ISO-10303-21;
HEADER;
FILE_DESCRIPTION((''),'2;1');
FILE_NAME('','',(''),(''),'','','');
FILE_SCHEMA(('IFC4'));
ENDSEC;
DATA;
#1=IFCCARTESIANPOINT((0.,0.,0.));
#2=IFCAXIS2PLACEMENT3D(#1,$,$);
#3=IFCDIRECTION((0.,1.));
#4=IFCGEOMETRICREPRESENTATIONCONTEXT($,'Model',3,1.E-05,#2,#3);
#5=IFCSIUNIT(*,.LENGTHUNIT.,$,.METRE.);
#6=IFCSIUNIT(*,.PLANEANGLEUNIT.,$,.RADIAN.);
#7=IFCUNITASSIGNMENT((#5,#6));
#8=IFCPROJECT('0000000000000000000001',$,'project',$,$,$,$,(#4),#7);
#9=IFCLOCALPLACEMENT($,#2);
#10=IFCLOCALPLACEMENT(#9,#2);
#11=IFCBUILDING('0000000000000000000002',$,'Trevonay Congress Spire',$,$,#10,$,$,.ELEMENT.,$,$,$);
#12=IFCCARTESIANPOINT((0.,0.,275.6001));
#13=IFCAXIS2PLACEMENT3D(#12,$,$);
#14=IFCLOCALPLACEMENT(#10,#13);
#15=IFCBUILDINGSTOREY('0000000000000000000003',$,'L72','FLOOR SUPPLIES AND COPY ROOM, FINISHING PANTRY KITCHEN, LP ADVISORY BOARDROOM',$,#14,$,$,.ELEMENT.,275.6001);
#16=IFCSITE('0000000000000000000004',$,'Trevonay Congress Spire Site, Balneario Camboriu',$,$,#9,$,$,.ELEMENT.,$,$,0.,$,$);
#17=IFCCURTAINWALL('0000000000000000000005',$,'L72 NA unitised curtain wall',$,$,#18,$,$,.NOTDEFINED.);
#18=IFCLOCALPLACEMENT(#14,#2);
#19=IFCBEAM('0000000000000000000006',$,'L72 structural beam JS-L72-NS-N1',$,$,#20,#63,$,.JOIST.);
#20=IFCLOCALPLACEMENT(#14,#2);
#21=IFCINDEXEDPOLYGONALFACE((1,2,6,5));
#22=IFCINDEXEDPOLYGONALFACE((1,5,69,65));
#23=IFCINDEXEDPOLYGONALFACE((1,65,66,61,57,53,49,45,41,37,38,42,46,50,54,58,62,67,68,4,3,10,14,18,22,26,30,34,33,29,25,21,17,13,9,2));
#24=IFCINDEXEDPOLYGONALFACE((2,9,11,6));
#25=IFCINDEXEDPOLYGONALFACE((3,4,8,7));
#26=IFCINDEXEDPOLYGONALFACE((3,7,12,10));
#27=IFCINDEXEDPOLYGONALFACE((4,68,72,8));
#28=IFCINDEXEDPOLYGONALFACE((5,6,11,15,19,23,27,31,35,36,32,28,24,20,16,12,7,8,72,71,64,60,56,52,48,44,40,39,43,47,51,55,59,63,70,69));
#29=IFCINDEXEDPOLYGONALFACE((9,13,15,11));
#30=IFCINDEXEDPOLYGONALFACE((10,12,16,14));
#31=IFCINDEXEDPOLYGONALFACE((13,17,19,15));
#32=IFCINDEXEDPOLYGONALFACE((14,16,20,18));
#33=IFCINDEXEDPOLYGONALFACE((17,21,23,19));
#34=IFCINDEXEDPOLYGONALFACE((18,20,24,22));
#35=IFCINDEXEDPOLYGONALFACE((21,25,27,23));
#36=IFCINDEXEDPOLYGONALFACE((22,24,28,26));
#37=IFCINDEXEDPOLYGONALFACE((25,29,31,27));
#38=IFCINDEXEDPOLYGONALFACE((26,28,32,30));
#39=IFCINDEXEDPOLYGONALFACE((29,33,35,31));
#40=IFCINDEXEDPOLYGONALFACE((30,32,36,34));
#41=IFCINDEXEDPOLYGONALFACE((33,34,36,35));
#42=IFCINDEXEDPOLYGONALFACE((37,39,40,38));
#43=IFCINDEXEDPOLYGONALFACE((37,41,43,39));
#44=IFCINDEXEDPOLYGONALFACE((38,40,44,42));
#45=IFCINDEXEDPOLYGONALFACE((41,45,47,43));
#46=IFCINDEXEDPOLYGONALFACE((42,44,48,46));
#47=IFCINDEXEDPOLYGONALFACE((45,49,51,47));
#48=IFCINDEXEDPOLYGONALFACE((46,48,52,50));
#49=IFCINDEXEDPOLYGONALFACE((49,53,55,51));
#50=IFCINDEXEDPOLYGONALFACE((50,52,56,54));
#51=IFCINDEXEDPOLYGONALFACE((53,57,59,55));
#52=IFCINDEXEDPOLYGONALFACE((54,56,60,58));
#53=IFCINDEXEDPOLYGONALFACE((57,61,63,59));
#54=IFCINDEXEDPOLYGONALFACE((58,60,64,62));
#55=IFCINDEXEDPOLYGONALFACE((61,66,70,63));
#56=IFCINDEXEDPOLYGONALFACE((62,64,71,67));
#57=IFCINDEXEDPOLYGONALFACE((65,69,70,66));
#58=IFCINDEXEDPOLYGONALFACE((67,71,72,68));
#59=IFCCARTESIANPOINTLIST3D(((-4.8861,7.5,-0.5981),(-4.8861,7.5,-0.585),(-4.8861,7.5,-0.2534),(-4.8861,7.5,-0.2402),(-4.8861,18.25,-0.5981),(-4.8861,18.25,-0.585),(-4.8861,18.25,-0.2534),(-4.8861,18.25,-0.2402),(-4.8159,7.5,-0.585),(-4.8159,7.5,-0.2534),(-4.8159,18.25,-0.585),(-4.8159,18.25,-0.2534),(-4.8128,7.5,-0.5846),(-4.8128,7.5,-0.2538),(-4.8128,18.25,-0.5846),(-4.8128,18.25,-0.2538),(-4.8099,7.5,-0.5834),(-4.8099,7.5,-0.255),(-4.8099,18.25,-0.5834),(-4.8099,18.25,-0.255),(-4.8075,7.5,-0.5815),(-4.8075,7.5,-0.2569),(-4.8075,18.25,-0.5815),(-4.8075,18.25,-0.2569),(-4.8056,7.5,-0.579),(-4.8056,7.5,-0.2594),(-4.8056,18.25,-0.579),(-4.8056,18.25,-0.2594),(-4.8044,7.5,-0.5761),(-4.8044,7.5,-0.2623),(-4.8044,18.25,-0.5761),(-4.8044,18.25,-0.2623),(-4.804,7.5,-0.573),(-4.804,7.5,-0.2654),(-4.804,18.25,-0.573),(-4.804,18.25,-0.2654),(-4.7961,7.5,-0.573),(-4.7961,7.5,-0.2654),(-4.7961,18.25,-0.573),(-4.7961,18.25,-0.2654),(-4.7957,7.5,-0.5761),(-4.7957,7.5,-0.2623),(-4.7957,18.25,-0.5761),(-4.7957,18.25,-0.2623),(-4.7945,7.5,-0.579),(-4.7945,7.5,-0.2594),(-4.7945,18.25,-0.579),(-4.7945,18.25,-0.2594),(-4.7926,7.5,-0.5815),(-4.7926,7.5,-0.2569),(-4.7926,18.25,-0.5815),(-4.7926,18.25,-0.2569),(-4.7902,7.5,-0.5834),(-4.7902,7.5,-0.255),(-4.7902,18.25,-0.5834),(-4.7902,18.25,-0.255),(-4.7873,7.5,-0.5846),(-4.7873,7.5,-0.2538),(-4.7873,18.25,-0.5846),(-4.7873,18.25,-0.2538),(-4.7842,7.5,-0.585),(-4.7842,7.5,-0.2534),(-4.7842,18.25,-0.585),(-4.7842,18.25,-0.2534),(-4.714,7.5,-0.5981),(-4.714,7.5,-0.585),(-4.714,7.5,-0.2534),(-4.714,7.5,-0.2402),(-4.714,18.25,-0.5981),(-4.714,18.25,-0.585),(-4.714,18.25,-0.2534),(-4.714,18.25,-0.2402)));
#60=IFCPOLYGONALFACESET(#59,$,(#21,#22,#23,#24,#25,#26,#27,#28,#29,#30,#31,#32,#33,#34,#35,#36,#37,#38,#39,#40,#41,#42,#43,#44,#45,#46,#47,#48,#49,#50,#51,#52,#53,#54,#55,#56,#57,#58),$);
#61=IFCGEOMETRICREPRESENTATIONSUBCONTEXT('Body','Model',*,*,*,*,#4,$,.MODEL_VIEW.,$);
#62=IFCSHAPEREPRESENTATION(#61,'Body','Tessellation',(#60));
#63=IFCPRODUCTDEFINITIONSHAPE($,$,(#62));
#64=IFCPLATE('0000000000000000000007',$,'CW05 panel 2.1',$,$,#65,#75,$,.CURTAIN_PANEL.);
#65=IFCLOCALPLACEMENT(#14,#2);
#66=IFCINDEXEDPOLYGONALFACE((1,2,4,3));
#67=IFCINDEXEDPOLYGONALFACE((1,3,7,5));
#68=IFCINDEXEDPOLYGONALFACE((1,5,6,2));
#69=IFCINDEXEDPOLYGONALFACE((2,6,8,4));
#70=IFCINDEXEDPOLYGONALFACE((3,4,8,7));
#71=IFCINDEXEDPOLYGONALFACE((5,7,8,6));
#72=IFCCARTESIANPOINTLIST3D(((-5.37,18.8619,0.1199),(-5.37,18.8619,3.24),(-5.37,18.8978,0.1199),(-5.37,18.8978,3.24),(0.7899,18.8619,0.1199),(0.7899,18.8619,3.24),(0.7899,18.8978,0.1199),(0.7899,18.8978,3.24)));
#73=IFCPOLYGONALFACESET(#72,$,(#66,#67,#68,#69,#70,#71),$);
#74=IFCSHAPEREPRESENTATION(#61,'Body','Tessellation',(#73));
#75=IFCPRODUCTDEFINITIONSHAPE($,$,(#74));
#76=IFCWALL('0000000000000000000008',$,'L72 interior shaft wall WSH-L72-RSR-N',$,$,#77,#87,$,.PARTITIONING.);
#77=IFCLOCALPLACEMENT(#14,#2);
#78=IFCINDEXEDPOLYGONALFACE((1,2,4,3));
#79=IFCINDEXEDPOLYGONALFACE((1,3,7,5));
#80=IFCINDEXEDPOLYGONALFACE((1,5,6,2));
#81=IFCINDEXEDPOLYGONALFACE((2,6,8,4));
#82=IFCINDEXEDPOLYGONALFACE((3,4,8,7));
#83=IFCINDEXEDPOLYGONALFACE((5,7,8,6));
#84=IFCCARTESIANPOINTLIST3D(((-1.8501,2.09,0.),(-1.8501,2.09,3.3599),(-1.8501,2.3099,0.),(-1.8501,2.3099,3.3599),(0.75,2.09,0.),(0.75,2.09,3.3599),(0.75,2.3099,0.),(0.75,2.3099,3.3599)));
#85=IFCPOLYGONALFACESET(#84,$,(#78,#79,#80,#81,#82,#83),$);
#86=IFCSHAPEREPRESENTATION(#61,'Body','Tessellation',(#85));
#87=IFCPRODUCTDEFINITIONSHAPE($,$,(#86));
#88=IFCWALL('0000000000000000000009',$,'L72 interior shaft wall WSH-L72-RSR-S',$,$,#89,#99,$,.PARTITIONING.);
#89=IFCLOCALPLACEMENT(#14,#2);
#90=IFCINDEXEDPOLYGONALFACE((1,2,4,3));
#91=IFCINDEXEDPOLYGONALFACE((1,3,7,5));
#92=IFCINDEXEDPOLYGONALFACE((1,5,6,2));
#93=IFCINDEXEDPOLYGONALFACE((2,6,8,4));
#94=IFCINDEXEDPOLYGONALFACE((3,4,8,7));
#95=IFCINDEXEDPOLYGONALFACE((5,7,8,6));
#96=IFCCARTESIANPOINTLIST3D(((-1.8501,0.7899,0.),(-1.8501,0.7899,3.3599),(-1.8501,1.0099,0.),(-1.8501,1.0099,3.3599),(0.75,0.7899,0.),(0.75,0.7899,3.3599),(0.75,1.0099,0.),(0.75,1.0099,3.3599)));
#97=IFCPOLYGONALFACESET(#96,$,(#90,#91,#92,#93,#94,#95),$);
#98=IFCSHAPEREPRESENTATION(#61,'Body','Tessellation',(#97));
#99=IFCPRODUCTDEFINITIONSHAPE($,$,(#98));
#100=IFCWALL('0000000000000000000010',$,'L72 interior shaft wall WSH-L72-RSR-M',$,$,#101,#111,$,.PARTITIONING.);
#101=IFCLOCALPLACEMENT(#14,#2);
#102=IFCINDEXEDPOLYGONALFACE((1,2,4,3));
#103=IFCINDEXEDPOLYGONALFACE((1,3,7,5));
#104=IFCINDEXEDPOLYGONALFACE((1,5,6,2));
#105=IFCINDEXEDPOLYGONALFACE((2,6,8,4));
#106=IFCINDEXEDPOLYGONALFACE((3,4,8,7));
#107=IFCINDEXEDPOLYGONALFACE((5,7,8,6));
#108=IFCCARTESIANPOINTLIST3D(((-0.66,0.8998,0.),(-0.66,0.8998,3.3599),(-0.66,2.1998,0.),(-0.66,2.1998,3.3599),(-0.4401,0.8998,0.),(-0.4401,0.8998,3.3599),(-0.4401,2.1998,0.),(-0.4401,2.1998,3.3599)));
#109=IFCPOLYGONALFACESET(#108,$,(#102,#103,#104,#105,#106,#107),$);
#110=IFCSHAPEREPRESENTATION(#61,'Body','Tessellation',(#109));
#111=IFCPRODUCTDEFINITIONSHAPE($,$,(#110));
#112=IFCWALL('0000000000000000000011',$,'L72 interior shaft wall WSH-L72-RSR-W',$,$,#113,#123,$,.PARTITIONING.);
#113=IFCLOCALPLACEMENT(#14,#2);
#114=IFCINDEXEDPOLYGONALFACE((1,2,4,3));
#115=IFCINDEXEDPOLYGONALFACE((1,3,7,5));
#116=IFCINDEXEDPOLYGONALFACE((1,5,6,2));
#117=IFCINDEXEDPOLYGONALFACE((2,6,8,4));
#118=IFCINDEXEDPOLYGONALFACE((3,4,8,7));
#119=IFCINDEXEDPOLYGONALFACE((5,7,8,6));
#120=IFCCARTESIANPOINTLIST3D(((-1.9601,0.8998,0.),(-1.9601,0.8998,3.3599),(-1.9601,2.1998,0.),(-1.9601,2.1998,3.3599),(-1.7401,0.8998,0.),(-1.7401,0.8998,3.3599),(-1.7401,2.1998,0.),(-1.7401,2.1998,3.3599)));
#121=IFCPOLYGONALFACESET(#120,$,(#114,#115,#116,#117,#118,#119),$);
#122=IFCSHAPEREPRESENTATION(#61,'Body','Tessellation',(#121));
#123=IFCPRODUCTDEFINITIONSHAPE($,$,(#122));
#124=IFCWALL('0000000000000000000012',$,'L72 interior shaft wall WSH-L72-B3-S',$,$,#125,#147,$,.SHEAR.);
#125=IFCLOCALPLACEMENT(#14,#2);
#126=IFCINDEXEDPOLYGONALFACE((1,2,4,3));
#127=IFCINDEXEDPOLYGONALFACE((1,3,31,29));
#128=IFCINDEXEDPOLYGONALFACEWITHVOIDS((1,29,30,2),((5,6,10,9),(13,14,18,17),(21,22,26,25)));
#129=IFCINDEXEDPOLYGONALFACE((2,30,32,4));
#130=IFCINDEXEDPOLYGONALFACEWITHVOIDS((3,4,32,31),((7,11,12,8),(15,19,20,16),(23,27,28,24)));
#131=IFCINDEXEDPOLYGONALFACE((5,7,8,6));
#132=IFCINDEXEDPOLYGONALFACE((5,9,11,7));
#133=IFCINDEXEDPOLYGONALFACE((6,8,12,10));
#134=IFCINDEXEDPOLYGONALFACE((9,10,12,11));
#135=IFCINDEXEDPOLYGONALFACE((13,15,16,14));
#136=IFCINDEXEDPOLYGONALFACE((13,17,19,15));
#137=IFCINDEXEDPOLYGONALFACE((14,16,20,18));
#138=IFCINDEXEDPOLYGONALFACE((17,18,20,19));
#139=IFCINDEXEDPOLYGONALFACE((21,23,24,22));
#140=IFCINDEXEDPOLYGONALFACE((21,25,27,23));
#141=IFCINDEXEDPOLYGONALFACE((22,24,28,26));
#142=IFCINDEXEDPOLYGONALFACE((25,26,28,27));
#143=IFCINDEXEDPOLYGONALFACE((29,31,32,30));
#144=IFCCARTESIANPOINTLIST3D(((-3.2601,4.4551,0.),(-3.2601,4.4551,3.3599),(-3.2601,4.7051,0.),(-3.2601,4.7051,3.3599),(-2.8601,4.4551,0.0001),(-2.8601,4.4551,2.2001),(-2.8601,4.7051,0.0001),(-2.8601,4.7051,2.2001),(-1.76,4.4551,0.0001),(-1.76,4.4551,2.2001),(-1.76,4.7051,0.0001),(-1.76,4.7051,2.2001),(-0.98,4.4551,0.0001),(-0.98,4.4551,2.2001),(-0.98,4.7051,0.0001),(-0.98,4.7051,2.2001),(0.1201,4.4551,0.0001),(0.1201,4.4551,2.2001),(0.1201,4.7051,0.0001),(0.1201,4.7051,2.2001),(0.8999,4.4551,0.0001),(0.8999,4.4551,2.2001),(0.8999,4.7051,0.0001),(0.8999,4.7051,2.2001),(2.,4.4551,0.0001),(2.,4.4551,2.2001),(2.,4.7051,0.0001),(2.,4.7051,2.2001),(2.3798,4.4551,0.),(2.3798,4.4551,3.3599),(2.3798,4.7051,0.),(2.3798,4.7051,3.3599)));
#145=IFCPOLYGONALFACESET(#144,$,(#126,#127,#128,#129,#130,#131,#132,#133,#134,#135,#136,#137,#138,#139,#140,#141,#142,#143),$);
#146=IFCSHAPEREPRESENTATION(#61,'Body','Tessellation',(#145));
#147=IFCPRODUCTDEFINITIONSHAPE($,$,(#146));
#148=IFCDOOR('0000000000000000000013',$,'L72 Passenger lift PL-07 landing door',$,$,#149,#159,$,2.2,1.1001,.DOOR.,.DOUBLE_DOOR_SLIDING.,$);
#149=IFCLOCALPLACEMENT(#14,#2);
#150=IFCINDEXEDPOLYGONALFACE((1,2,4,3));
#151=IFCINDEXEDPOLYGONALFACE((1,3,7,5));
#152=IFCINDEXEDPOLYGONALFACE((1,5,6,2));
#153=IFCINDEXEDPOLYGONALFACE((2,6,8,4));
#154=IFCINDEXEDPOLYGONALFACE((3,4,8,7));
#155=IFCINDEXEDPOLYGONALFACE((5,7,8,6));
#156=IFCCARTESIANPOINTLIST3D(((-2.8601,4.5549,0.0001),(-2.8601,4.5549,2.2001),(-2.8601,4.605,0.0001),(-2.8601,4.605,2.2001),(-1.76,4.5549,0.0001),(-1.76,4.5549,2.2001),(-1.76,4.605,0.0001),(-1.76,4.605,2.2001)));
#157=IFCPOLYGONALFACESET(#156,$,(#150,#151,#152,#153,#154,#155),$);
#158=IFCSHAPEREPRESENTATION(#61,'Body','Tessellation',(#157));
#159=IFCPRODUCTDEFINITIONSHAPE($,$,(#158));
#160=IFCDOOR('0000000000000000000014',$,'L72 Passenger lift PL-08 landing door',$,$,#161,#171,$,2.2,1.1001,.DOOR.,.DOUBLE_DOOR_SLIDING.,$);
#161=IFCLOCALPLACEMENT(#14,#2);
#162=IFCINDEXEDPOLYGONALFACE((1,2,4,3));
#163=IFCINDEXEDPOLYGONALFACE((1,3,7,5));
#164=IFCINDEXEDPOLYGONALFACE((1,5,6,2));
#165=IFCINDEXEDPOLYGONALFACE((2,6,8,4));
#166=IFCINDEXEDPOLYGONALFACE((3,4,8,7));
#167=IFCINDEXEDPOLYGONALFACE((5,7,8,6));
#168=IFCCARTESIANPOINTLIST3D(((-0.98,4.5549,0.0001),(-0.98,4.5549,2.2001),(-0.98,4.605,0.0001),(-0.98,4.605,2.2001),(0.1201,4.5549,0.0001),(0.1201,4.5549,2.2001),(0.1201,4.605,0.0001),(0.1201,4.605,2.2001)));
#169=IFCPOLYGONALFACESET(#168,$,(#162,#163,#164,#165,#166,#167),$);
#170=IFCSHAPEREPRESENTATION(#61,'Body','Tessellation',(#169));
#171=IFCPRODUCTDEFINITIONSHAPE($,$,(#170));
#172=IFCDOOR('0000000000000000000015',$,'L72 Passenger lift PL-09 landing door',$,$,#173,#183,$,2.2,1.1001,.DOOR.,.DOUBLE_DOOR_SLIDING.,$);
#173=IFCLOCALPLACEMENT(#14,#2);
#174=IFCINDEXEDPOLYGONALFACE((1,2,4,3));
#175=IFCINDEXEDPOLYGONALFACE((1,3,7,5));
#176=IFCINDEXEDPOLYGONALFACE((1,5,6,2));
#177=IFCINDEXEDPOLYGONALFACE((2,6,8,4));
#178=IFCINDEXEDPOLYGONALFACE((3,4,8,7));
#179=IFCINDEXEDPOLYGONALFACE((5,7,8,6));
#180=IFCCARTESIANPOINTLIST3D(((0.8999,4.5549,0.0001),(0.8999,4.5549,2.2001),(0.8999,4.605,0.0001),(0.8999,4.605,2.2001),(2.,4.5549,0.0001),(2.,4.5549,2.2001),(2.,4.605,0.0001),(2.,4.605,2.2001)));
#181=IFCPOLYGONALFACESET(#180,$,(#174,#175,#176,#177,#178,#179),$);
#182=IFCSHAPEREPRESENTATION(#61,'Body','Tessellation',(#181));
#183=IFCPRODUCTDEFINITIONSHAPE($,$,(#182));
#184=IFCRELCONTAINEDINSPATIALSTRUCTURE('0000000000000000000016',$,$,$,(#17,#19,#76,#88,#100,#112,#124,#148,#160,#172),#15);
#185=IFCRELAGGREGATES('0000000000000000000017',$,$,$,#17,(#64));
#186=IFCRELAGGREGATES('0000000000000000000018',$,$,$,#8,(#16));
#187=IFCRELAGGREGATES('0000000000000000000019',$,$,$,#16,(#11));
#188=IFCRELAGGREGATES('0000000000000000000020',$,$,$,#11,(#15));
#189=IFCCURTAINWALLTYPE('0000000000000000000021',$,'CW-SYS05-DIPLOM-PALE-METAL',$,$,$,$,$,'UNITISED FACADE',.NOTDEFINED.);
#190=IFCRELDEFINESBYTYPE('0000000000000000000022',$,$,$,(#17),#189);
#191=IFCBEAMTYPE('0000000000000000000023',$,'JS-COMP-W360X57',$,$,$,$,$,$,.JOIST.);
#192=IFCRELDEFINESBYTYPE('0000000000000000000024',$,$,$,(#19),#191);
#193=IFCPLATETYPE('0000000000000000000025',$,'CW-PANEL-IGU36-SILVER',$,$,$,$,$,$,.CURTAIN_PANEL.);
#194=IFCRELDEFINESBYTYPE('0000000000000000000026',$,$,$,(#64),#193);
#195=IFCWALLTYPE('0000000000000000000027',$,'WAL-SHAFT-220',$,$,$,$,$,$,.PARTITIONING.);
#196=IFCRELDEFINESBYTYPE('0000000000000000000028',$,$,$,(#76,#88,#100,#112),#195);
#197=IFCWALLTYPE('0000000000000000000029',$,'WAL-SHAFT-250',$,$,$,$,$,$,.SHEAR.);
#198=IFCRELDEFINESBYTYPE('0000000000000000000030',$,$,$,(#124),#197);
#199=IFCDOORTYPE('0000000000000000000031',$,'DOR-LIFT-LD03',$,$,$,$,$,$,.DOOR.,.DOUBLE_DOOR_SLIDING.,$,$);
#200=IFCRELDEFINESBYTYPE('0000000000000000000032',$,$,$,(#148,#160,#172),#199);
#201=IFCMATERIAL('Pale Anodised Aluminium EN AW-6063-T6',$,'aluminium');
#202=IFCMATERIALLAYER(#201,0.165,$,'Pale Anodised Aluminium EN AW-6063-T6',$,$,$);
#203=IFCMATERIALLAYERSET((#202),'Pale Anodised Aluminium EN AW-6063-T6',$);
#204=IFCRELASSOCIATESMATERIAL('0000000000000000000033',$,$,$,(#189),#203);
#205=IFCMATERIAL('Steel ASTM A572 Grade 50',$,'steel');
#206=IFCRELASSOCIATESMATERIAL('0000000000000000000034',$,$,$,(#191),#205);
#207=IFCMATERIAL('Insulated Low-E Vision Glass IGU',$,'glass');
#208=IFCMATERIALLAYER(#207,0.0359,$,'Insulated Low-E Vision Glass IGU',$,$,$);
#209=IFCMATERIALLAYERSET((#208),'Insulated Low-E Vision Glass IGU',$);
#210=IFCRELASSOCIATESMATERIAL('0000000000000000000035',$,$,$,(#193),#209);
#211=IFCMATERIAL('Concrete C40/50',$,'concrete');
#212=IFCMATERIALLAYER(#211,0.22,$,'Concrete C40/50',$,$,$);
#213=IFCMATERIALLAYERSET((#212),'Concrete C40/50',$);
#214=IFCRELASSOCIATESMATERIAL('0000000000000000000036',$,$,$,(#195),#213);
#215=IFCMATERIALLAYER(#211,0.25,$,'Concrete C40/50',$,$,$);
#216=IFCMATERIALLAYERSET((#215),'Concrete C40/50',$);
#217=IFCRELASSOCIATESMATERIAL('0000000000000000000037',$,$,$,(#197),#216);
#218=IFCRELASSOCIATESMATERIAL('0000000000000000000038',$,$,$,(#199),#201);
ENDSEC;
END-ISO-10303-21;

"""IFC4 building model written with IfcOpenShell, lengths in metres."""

from ifc_helpers import new_model, si_unit, direction, frame, frame_2d, origin, origin_2d, place, context, subcontext, project, spatial, rectangle, i_section, extrude, material, layer, layer_set, material_profile, profile_set, type_object, element, fill, aggregate, save


model = new_model("IFC4")

# Units and contexts
model_context = context("Model", 3, precision=1e-05, world=origin(), true_north=direction((0.0, 1.0)))
body_context = subcontext(model_context, "Body", "Model", "MODEL_VIEW")
ifc_project = project(units=[si_unit("LENGTHUNIT", "METRE"), si_unit("PLANEANGLEUNIT", "RADIAN")], contexts=[model_context])

# Site, building, storey
site_placement = place(None, origin())
site = spatial("IfcSite", under=ifc_project, at=site_placement, Name="Trevonay Congress Spire Site, Balneario Camboriu", CompositionType="ELEMENT", RefElevation=0.0)
building_placement = place(site_placement, origin())
building = spatial("IfcBuilding", under=site, at=building_placement, Name="Trevonay Congress Spire", CompositionType="ELEMENT")
storey_placement = place(building_placement, frame((0.0, 0.0, 275.6001)))
storey = spatial("IfcBuildingStorey", under=building, at=storey_placement, Name="L72", Description="FLOOR SUPPLIES AND COPY ROOM, FINISHING PANTRY KITCHEN, LP ADVISORY BOARDROOM", CompositionType="ELEMENT", Elevation=275.6001)

# Shared definitions
ifc_material_1 = material(Name="Steel ASTM A572 Grade 50", Category="steel")

# Curtain wall
ifc_material_2 = material(Name="Pale Anodised Aluminium EN AW-6063-T6", Category="aluminium")
ifc_layer_1 = layer(ifc_material_2, 0.165, Name="Pale Anodised Aluminium EN AW-6063-T6")
ifc_layer_set_1 = layer_set([ifc_layer_1], Name="Pale Anodised Aluminium EN AW-6063-T6")
curtain_wall_type = type_object("IfcCurtainWallType", Name="CW-SYS05-DIPLOM-PALE-METAL", ElementType="UNITISED FACADE", PredefinedType="NOTDEFINED", material=ifc_layer_set_1)
curtain_wall_placement = place(storey_placement, origin())
curtain_wall = element("IfcCurtainWall", 1, at=curtain_wall_placement, inside=storey, type_object=curtain_wall_type, Name="L72 NA unitised curtain wall", PredefinedType="NOTDEFINED")

# Beam
ifc_material_profile_1 = material_profile(ifc_material_1, i_section(OverallWidth=0.1721, OverallDepth=0.3579, WebThickness=0.0078, FlangeThickness=0.0132, FilletRadius=0.012, at=origin_2d()), Name="W360x57.8")
ifc_profile_set_1 = profile_set([ifc_material_profile_1], Name="Steel ASTM A572 Grade 50")
beam_type_1 = type_object("IfcBeamType", Name="JS-COMP-W360X57", PredefinedType="JOIST", material=ifc_profile_set_1)
beam_1_placement = place(storey_placement, frame((-4.8, 7.5, -0.4192), z_axis=(0.0, 1.0, 0.0), x_axis=(-1.0, 0.0, 0.0)))
element("IfcBeam", 2, at=beam_1_placement, inside=storey, type_object=beam_type_1, Name="L72 structural beam JS-L72-NS-N1", PredefinedType="JOIST", context=body_context, shape_type="SweptSolid", body=[
    extrude(i_section(OverallWidth=0.1721, OverallDepth=0.3579, WebThickness=0.0078, FlangeThickness=0.0132, FilletRadius=0.012, at=origin_2d()), origin(), (0.0, 0.0, 1.0), 10.75),
])

# Plate
ifc_material_3 = material(Name="Insulated Low-E Vision Glass IGU", Category="glass")
ifc_layer_2 = layer(ifc_material_3, 0.0359, Name="Insulated Low-E Vision Glass IGU")
ifc_layer_set_2 = layer_set([ifc_layer_2], Name="Insulated Low-E Vision Glass IGU")
plate_type = type_object("IfcPlateType", Name="CW-PANEL-IGU36-SILVER", PredefinedType="CURTAIN_PANEL", material=ifc_layer_set_2)
plate_placement = place(storey_placement, frame((-2.29, 18.8799, 0.1199), z_axis=(0.0, 0.0, 1.0), x_axis=(1.0, 0.0, 0.0)))
plate = element("IfcPlate", 3, at=plate_placement, type_object=plate_type, Name="CW05 panel 2.1", PredefinedType="CURTAIN_PANEL", context=body_context, shape_type="SweptSolid", body=[
    extrude(rectangle(XDim=6.1599, YDim=0.0359, at=origin_2d()), origin(), (0.0, 0.0, 1.0), 3.1201),
])
aggregate(curtain_wall, [plate])

# Walls
ifc_material_4 = material(Name="Concrete C40/50", Category="concrete")
ifc_layer_3 = layer(ifc_material_4, 0.22, Name="Concrete C40/50")
ifc_layer_set_3 = layer_set([ifc_layer_3], Name="Concrete C40/50")
wall_type_1 = type_object("IfcWallType", Name="WAL-SHAFT-220", PredefinedType="PARTITIONING", material=ifc_layer_set_3)
for number, where, z_axis, x_axis, name in (
    (4, (-1.8501, 2.2, 0.0), (0.0, 0.0, 1.0), (1.0, 0.0, 0.0), "L72 interior shaft wall WSH-L72-RSR-N"),
    (5, (-1.8501, 0.8999, 0.0), (0.0, 0.0, 1.0), (1.0, 0.0, 0.0), "L72 interior shaft wall WSH-L72-RSR-S"),
):
    element("IfcWall", number, at=place(storey_placement, frame(where, z_axis=z_axis, x_axis=x_axis)), inside=storey, type_object=wall_type_1, Name=name, PredefinedType="PARTITIONING", context=body_context, shape_type="SweptSolid", body=[
        extrude(rectangle(XDim=2.6001, YDim=0.22, at=frame_2d((1.3, 0.0))), origin(), (0.0, 0.0, 1.0), 3.3599),
    ])
for number, where, z_axis, x_axis, name in (
    (6, (-0.55, 0.8999, 0.0), (0.0, 0.0, 1.0), (0.0, 1.0, 0.0), "L72 interior shaft wall WSH-L72-RSR-M"),
    (7, (-1.8501, 0.8999, 0.0), (0.0, 0.0, 1.0), (0.0, 1.0, 0.0), "L72 interior shaft wall WSH-L72-RSR-W"),
):
    element("IfcWall", number, at=place(storey_placement, frame(where, z_axis=z_axis, x_axis=x_axis)), inside=storey, type_object=wall_type_1, Name=name, PredefinedType="PARTITIONING", context=body_context, shape_type="SweptSolid", body=[
        extrude(rectangle(XDim=1.3, YDim=0.22, at=frame_2d((0.6499, 0.0))), origin(), (0.0, 0.0, 1.0), 3.3599),
    ])

# Wall, openings, doors
ifc_layer_4 = layer(ifc_material_4, 0.25, Name="Concrete C40/50")
ifc_layer_set_4 = layer_set([ifc_layer_4], Name="Concrete C40/50")
wall_type_2 = type_object("IfcWallType", Name="WAL-SHAFT-250", PredefinedType="SHEAR", material=ifc_layer_set_4)
wall_1_placement = place(storey_placement, frame((-3.26, 4.5801, 0.0), z_axis=(0.0, 0.0, 1.0), x_axis=(1.0, 0.0, 0.0)))
wall_1 = element("IfcWall", 8, at=wall_1_placement, inside=storey, type_object=wall_type_2, Name="L72 interior shaft wall WSH-L72-B3-S", PredefinedType="SHEAR", context=body_context, shape_type="SweptSolid", body=[
    extrude(rectangle(XDim=5.6399, YDim=0.25, at=frame_2d((2.8198, 0.0))), origin(), (0.0, 0.0, 1.0), 3.3599),
])
opening_1_placement = place(wall_1_placement, frame((0.3999, 0.0, 0.0)))
opening_1 = element("IfcOpeningElement", 9, at=opening_1_placement, cuts=wall_1, PredefinedType="OPENING", context=body_context, shape_type="SweptSolid", body=[
    extrude(rectangle(XDim=1.1001, YDim=2.2, at=frame_2d((0.55, 1.1001))), frame((0.0, 0.135, 0.0), z_axis=(0.0, -1.0, 0.0), x_axis=(1.0, 0.0, 0.0)), (0.0, 0.0, 1.0), 0.27),
])
opening_2_placement = place(wall_1_placement, frame((2.28, 0.0, 0.0)))
opening_2 = element("IfcOpeningElement", 10, at=opening_2_placement, cuts=wall_1, PredefinedType="OPENING", context=body_context, shape_type="SweptSolid", body=[
    extrude(rectangle(XDim=1.1001, YDim=2.2, at=frame_2d((0.55, 1.1001))), frame((0.0, 0.135, 0.0), z_axis=(0.0, -1.0, 0.0), x_axis=(1.0, 0.0, 0.0)), (0.0, 0.0, 1.0), 0.27),
])
opening_3_placement = place(wall_1_placement, frame((4.1599, 0.0, 0.0)))
opening_3 = element("IfcOpeningElement", 11, at=opening_3_placement, cuts=wall_1, PredefinedType="OPENING", context=body_context, shape_type="SweptSolid", body=[
    extrude(rectangle(XDim=1.1001, YDim=2.2, at=frame_2d((0.55, 1.1001))), frame((0.0, 0.135, 0.0), z_axis=(0.0, -1.0, 0.0), x_axis=(1.0, 0.0, 0.0)), (0.0, 0.0, 1.0), 0.27),
])
door_type_1 = type_object("IfcDoorType", Name="DOR-LIFT-LD03", OperationType="DOUBLE_DOOR_SLIDING", PredefinedType="DOOR", material=ifc_material_2)
door_1_placement = place(opening_1_placement, origin())
door_1 = element("IfcDoor", 12, at=door_1_placement, inside=storey, type_object=door_type_1, Name="L72 Passenger lift PL-07 landing door", OperationType="DOUBLE_DOOR_SLIDING", OverallHeight=2.2, OverallWidth=1.1001, PredefinedType="DOOR", context=body_context, shape_type="SweptSolid", body=[
    extrude(rectangle(XDim=1.1001, YDim=2.2, at=frame_2d((0.55, 1.1001))), frame((0.0, 0.0249, 0.0), z_axis=(0.0, -1.0, 0.0), x_axis=(1.0, 0.0, 0.0)), (0.0, 0.0, 1.0), 0.05),
])
fill(opening_1, door_1)
door_2_placement = place(opening_2_placement, origin())
door_2 = element("IfcDoor", 13, at=door_2_placement, inside=storey, type_object=door_type_1, Name="L72 Passenger lift PL-08 landing door", OperationType="DOUBLE_DOOR_SLIDING", OverallHeight=2.2, OverallWidth=1.1001, PredefinedType="DOOR", context=body_context, shape_type="SweptSolid", body=[
    extrude(rectangle(XDim=1.1001, YDim=2.2, at=frame_2d((0.55, 1.1001))), frame((0.0, 0.0249, 0.0), z_axis=(0.0, -1.0, 0.0), x_axis=(1.0, 0.0, 0.0)), (0.0, 0.0, 1.0), 0.05),
])
fill(opening_2, door_2)
door_3_placement = place(opening_3_placement, origin())
door_3 = element("IfcDoor", 14, at=door_3_placement, inside=storey, type_object=door_type_1, Name="L72 Passenger lift PL-09 landing door", OperationType="DOUBLE_DOOR_SLIDING", OverallHeight=2.2, OverallWidth=1.1001, PredefinedType="DOOR", context=body_context, shape_type="SweptSolid", body=[
    extrude(rectangle(XDim=1.1001, YDim=2.2, at=frame_2d((0.55, 1.1001))), frame((0.0, 0.0249, 0.0), z_axis=(0.0, -1.0, 0.0), x_axis=(1.0, 0.0, 0.0)), (0.0, 0.0, 1.0), 0.05),
])
fill(opening_3, door_3)

save(model, "model.ifc")
